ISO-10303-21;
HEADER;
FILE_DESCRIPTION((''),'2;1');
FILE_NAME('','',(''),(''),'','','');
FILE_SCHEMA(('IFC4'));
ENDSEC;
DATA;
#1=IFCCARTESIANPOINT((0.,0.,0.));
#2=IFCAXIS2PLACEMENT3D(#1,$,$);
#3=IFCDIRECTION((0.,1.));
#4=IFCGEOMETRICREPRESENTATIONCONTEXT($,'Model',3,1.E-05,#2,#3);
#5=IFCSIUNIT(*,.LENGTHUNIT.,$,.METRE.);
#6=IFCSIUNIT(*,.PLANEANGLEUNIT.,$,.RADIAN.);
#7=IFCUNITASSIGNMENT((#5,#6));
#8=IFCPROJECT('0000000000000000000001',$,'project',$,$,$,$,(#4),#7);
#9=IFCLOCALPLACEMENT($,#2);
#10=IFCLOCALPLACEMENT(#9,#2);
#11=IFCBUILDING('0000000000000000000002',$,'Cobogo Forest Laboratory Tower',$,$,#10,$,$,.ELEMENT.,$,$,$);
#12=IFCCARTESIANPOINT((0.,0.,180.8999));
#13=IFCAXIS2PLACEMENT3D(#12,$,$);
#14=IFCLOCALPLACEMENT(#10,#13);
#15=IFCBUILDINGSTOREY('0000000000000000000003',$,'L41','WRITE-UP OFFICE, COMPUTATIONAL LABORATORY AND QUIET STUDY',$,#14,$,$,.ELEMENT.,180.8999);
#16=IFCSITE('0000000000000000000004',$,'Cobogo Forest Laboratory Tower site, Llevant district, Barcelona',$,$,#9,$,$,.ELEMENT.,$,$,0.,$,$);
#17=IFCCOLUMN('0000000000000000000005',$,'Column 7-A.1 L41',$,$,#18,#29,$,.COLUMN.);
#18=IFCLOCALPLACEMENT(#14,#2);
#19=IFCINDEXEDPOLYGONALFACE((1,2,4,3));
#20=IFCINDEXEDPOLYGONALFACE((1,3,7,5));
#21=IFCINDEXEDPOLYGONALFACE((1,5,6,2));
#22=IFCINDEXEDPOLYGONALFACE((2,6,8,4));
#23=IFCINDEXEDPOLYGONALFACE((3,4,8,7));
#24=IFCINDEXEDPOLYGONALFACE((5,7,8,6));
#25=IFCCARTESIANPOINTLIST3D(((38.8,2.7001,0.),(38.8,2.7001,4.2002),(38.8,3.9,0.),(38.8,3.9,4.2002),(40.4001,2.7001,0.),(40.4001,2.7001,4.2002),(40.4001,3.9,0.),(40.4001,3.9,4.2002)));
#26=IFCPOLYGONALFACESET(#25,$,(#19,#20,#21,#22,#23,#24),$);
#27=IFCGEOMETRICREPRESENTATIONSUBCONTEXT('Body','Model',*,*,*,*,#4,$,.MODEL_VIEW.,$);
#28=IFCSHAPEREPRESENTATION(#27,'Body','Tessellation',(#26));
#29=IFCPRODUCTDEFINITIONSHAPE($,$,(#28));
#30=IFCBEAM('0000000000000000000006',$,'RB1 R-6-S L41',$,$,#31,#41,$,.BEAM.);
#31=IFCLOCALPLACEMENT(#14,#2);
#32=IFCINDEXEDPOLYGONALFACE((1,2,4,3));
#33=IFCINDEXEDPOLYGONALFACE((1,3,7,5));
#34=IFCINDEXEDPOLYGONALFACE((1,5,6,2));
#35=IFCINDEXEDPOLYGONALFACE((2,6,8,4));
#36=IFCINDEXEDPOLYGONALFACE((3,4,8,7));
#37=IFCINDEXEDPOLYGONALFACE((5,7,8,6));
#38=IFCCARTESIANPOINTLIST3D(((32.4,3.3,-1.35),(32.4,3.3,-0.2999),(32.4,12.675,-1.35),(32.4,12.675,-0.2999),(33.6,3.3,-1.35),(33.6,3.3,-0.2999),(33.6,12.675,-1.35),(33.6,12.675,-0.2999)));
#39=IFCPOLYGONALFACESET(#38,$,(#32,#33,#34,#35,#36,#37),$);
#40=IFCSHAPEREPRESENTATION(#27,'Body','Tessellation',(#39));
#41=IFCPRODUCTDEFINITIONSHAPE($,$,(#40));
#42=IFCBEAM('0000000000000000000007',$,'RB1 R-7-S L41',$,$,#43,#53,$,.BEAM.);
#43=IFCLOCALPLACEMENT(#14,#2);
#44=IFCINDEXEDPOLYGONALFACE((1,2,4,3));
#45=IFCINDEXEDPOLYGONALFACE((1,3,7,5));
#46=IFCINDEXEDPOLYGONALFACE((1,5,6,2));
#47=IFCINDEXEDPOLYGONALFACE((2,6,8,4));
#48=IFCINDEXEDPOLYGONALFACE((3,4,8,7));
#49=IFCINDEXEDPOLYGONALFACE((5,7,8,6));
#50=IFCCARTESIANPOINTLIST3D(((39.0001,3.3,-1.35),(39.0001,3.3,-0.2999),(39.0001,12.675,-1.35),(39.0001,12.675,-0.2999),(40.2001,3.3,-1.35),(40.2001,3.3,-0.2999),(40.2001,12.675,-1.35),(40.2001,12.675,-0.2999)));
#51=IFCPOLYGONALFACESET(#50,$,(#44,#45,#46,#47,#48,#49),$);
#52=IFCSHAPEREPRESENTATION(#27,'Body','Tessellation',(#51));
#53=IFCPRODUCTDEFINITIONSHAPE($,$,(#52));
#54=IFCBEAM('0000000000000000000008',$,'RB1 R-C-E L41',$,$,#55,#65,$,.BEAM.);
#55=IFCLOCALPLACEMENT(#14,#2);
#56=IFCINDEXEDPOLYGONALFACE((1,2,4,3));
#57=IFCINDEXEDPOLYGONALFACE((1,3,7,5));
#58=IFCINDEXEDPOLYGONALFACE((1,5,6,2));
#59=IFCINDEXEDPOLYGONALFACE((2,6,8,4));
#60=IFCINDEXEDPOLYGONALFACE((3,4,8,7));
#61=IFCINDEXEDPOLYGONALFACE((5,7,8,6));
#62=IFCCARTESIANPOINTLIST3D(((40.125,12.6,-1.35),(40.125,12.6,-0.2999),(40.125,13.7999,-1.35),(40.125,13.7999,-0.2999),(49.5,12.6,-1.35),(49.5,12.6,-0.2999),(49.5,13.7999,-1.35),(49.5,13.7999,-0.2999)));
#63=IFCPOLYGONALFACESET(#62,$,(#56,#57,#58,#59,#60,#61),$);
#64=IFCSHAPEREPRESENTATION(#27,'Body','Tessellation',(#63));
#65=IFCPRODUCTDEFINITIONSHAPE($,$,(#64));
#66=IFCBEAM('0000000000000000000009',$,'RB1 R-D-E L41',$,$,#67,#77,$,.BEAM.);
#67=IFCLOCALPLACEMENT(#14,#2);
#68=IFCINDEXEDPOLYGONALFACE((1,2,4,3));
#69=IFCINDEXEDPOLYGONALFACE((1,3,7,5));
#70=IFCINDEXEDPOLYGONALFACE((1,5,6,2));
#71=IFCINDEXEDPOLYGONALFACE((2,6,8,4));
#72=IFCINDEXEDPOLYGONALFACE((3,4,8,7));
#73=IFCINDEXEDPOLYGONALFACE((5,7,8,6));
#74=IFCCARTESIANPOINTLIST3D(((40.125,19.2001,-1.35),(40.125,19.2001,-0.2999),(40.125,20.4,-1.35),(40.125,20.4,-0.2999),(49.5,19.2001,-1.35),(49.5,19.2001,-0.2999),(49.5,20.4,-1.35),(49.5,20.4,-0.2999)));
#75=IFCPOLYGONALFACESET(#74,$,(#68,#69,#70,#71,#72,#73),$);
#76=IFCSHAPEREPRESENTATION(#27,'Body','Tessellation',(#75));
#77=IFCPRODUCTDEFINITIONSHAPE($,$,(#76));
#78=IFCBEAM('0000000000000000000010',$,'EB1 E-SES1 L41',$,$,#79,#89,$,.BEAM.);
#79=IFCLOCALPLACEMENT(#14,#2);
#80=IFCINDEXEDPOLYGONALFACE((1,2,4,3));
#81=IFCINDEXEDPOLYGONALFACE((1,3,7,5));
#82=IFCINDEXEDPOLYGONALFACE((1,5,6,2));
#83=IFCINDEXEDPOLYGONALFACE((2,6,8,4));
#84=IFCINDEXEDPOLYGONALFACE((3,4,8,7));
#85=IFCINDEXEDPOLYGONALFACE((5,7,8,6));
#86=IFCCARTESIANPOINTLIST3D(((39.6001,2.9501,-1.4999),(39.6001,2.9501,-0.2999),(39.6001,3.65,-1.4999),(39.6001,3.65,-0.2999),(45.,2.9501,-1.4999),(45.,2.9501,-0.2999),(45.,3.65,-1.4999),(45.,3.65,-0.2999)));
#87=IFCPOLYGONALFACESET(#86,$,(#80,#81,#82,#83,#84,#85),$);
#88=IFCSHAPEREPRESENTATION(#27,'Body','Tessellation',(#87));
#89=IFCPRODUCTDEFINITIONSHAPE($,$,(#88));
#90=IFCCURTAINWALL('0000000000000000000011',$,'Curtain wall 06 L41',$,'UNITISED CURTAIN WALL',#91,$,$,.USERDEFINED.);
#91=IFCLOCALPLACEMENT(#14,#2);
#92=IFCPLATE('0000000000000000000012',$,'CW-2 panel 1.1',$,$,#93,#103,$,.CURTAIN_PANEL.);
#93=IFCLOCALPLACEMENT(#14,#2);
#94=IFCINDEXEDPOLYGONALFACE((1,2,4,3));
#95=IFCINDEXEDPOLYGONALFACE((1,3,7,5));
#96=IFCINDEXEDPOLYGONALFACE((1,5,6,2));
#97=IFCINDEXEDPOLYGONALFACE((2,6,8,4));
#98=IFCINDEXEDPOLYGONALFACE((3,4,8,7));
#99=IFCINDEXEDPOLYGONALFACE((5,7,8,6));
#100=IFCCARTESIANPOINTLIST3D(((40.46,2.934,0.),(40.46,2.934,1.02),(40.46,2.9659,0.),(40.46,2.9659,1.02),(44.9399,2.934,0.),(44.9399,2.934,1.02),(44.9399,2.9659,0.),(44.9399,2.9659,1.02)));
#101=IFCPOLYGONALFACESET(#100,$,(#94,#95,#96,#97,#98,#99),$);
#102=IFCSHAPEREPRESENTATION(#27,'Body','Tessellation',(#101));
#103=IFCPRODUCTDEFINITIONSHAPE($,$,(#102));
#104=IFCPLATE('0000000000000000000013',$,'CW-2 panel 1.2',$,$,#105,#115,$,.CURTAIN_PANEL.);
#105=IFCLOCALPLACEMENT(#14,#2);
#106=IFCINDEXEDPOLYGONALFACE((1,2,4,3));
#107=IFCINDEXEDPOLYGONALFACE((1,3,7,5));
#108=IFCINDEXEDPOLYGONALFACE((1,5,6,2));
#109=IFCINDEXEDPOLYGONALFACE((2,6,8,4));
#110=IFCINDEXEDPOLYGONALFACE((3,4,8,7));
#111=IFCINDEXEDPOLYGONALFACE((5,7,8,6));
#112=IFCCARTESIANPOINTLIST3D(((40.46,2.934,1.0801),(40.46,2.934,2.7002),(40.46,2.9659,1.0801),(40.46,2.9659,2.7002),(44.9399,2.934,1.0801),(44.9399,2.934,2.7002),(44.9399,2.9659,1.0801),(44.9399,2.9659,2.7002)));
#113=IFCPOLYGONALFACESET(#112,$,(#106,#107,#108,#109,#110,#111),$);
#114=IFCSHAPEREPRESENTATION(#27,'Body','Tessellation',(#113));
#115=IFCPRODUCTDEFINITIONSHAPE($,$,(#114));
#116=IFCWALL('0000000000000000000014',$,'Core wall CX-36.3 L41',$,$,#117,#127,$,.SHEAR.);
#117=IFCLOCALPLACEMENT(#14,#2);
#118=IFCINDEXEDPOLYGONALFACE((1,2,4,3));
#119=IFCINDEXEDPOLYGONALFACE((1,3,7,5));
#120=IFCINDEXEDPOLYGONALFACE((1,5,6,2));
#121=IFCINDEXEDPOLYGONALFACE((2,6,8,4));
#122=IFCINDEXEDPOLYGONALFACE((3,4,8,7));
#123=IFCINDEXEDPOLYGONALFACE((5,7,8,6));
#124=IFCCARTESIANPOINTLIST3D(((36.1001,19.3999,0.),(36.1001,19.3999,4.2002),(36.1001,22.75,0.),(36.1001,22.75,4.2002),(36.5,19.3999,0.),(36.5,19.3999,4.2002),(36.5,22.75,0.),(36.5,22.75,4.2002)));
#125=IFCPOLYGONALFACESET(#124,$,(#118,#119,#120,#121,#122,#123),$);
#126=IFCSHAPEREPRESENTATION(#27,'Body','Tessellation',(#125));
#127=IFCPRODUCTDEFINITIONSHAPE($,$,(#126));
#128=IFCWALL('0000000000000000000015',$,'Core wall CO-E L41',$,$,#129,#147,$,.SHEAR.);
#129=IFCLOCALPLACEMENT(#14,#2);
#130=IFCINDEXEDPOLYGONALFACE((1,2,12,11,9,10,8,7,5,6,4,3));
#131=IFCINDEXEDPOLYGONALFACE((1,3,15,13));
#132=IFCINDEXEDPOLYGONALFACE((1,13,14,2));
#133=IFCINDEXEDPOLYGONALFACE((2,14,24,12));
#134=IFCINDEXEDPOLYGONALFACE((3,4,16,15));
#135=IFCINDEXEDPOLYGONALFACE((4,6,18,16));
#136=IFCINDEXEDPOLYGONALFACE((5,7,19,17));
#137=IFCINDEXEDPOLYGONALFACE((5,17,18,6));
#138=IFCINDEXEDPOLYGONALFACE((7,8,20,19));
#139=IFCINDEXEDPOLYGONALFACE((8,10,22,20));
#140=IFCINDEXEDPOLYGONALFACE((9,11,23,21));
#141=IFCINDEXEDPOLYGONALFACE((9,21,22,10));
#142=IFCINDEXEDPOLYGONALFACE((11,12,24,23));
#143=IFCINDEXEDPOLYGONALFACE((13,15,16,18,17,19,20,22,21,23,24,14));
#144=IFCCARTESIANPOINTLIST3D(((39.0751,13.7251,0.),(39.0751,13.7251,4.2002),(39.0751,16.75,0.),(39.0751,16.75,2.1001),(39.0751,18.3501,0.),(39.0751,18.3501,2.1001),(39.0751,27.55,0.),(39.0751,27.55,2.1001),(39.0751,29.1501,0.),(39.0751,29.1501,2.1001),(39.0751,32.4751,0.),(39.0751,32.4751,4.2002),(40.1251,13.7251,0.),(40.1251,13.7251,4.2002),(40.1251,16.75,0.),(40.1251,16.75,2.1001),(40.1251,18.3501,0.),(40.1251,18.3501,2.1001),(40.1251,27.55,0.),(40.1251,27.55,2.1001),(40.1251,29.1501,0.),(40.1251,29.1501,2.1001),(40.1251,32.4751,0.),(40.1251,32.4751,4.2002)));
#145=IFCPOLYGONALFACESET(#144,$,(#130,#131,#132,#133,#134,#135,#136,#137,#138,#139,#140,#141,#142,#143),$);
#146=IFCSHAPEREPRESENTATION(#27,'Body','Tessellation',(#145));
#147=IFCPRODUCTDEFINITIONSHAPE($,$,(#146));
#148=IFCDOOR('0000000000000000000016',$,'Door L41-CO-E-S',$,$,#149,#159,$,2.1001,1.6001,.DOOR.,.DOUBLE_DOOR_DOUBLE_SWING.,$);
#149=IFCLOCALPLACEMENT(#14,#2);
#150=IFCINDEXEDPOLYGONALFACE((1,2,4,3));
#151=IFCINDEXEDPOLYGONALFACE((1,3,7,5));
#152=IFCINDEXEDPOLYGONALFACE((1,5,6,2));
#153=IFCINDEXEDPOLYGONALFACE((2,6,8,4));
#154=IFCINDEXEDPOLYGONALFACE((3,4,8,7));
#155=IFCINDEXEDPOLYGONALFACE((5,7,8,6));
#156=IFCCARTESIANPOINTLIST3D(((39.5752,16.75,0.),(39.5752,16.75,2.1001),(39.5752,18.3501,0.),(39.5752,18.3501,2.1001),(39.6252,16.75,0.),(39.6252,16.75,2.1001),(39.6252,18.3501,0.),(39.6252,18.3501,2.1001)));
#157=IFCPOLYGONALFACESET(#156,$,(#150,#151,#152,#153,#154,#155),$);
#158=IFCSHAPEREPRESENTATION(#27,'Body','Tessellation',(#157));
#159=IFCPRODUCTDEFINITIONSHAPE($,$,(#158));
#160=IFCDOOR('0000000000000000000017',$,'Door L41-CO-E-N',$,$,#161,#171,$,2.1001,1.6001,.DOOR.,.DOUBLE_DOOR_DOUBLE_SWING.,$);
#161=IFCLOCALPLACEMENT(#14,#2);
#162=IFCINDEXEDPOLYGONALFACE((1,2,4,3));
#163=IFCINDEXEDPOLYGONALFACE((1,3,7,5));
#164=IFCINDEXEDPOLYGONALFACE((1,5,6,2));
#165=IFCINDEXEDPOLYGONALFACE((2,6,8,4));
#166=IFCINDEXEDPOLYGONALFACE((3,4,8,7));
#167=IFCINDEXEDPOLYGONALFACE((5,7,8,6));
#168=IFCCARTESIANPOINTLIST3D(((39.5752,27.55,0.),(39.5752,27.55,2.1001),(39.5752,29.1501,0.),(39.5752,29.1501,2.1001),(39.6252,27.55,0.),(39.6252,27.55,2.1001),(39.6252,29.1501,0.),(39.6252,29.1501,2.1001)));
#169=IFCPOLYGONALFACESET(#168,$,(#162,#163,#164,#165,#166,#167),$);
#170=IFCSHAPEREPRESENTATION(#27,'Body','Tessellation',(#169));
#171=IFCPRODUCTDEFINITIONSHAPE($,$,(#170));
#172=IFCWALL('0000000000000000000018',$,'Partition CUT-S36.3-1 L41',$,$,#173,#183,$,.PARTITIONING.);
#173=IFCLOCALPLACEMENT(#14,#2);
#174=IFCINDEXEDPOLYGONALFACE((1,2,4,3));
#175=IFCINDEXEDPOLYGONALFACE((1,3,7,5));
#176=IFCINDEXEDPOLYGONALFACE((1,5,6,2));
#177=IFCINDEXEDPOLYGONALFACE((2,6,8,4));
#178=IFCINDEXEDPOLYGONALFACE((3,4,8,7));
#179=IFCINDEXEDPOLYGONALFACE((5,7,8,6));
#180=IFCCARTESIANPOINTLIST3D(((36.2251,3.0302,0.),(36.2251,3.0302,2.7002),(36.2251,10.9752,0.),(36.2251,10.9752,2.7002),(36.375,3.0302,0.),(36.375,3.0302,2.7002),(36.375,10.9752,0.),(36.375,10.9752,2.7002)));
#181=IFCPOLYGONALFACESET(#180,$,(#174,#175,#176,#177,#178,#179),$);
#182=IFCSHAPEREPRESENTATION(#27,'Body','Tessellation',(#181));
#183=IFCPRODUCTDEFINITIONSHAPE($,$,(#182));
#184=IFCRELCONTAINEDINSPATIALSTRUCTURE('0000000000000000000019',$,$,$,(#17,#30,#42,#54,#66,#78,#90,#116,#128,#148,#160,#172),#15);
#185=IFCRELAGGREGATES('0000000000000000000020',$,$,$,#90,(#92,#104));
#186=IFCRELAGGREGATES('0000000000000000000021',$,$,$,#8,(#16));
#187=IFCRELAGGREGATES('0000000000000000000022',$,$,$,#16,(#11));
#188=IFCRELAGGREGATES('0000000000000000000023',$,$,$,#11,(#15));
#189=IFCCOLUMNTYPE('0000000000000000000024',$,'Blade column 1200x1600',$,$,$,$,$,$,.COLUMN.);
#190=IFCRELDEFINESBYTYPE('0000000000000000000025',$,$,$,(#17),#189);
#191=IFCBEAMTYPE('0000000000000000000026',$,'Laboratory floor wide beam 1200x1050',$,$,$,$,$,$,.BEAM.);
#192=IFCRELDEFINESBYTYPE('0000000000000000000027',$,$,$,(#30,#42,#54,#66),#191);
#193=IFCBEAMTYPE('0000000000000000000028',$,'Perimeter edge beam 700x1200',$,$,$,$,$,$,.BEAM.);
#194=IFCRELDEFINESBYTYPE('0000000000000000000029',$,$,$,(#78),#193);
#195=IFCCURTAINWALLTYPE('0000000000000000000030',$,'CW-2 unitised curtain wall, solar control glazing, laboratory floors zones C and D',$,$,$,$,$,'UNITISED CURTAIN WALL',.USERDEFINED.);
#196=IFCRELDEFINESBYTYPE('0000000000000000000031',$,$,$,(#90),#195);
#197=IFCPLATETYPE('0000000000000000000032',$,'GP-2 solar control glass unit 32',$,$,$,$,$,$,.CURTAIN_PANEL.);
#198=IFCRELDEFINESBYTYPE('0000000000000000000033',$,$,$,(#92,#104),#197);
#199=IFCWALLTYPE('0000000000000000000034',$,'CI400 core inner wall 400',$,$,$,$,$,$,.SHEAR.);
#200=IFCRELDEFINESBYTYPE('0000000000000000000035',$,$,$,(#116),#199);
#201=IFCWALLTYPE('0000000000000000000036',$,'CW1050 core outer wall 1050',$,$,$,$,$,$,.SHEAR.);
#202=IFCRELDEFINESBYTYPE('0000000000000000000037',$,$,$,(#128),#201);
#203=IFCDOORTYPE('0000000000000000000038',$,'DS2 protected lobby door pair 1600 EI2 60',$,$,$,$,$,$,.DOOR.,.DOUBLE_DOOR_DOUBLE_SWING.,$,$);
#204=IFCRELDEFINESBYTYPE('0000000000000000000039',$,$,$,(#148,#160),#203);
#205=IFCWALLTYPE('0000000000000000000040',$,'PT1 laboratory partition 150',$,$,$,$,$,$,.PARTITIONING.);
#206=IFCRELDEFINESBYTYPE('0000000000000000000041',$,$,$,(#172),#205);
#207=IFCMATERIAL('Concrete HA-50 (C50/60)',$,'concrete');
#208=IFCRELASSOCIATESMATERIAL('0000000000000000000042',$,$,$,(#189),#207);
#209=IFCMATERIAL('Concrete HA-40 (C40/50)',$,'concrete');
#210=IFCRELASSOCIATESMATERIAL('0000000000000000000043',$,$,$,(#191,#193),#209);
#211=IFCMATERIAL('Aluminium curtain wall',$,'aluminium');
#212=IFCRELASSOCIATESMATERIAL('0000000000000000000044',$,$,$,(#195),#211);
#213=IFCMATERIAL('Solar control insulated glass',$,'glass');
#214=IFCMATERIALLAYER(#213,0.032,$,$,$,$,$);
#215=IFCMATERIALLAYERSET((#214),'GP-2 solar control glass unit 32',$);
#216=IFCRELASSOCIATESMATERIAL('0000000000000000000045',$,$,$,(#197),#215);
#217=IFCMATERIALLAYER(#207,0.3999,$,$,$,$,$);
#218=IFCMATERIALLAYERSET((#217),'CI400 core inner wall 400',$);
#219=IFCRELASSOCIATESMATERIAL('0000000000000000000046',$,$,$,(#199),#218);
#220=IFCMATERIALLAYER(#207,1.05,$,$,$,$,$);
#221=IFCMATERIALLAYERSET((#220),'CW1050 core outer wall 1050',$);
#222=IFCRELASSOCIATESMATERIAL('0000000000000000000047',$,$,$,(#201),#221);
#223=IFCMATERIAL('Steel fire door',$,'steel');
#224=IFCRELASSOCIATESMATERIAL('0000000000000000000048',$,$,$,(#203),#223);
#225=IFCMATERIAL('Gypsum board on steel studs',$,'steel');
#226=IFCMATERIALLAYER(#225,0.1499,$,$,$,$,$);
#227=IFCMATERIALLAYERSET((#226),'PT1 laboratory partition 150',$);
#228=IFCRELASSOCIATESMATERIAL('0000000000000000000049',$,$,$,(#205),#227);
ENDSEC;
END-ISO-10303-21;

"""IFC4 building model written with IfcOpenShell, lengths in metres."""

from ifc_helpers import new_model, si_unit, direction, frame, frame_2d, origin, origin_2d, place, context, subcontext, project, spatial, rectangle, extrude, material, layer, layer_set, material_profile, profile_set, type_object, element, fill, aggregate, save


model = new_model("IFC4")

# Units and contexts
model_context = context("Model", 3, precision=1e-05, world=origin(), true_north=direction((0.0, 1.0)))
body_context = subcontext(model_context, "Body", "Model", "MODEL_VIEW")
ifc_project = project(units=[si_unit("LENGTHUNIT", "METRE"), si_unit("PLANEANGLEUNIT", "RADIAN")], contexts=[model_context])

# Site, building, storey
site_placement = place(None, origin())
site = spatial("IfcSite", under=ifc_project, at=site_placement, Name="Cobogo Forest Laboratory Tower site, Llevant district, Barcelona", CompositionType="ELEMENT", RefElevation=0.0)
building_placement = place(site_placement, origin())
building = spatial("IfcBuilding", under=site, at=building_placement, Name="Cobogo Forest Laboratory Tower", CompositionType="ELEMENT")
storey_placement = place(building_placement, frame((0.0, 0.0, 180.8999)))
storey = spatial("IfcBuildingStorey", under=building, at=storey_placement, Name="L41", Description="WRITE-UP OFFICE, COMPUTATIONAL LABORATORY AND QUIET STUDY", CompositionType="ELEMENT", Elevation=180.8999)

# Column
ifc_material_1 = material(Name="Concrete HA-50 (C50/60)", Category="concrete")
ifc_material_profile_1 = material_profile(ifc_material_1, rectangle(XDim=1.6001, YDim=1.2, at=origin_2d()), Name="RC 1200x1600")
ifc_profile_set_1 = profile_set([ifc_material_profile_1], Name="Concrete HA-50 (C50/60)")
column_type = type_object("IfcColumnType", Name="Blade column 1200x1600", PredefinedType="COLUMN", material=ifc_profile_set_1)
column_placement = place(storey_placement, frame((39.6001, 3.3, 0.0), z_axis=(0.0, 0.0, 1.0), x_axis=(1.0, 0.0, 0.0)))
element("IfcColumn", 1, at=column_placement, inside=storey, type_object=column_type, Name="Column 7-A.1 L41", PredefinedType="COLUMN", context=body_context, shape_type="SweptSolid", body=[
    extrude(rectangle(XDim=1.6001, YDim=1.2, at=origin_2d()), origin(), (0.0, 0.0, 1.0), 4.2002),
])

# Beams
ifc_material_2 = material(Name="Concrete HA-40 (C40/50)", Category="concrete")
ifc_material_profile_2 = material_profile(ifc_material_2, rectangle(XDim=1.2, YDim=1.05, at=origin_2d()), Name="RC 1200x1050")
ifc_profile_set_2 = profile_set([ifc_material_profile_2], Name="Concrete HA-40 (C40/50)")
beam_type_1 = type_object("IfcBeamType", Name="Laboratory floor wide beam 1200x1050", PredefinedType="BEAM", material=ifc_profile_set_2)
for number, where, z_axis, x_axis, name in (
    (2, (33.0, 12.675, -0.825), (0.0, -1.0, 0.0), (1.0, 0.0, 0.0), "RB1 R-6-S L41"),
    (3, (39.6001, 12.675, -0.825), (0.0, -1.0, 0.0), (1.0, 0.0, 0.0), "RB1 R-7-S L41"),
    (4, (40.125, 13.2, -0.825), (1.0, 0.0, 0.0), (0.0, 1.0, 0.0), "RB1 R-C-E L41"),
    (5, (40.125, 19.8, -0.825), (1.0, 0.0, 0.0), (0.0, 1.0, 0.0), "RB1 R-D-E L41"),
):
    element("IfcBeam", number, at=place(storey_placement, frame(where, z_axis=z_axis, x_axis=x_axis)), inside=storey, type_object=beam_type_1, Name=name, PredefinedType="BEAM", context=body_context, shape_type="SweptSolid", body=[
        extrude(rectangle(XDim=1.2, YDim=1.05, at=origin_2d()), origin(), (0.0, 0.0, 1.0), 9.375),
    ])
ifc_material_profile_3 = material_profile(ifc_material_2, rectangle(XDim=0.7, YDim=1.2, at=origin_2d()), Name="RC 700x1200")
ifc_profile_set_3 = profile_set([ifc_material_profile_3], Name="Concrete HA-40 (C40/50)")
beam_type_2 = type_object("IfcBeamType", Name="Perimeter edge beam 700x1200", PredefinedType="BEAM", material=ifc_profile_set_3)
beam_placement = place(storey_placement, frame((39.6001, 3.3, -0.8999), z_axis=(1.0, 0.0, 0.0), x_axis=(0.0, 1.0, 0.0)))
element("IfcBeam", 6, at=beam_placement, inside=storey, type_object=beam_type_2, Name="EB1 E-SES1 L41", PredefinedType="BEAM", context=body_context, shape_type="SweptSolid", body=[
    extrude(rectangle(XDim=0.7, YDim=1.2, at=origin_2d()), origin(), (0.0, 0.0, 1.0), 5.3999),
])

# Curtain wall, plates
ifc_material_3 = material(Name="Aluminium curtain wall", Category="aluminium")
curtain_wall_type = type_object("IfcCurtainWallType", Name="CW-2 unitised curtain wall, solar control glazing, laboratory floors zones C and D", ElementType="UNITISED CURTAIN WALL", PredefinedType="USERDEFINED", material=ifc_material_3)
curtain_wall_placement = place(storey_placement, origin())
curtain_wall = element("IfcCurtainWall", 7, at=curtain_wall_placement, inside=storey, type_object=curtain_wall_type, Name="Curtain wall 06 L41", ObjectType="UNITISED CURTAIN WALL", PredefinedType="USERDEFINED")
ifc_material_4 = material(Name="Solar control insulated glass", Category="glass")
ifc_layer_1 = layer(ifc_material_4, 0.032)
ifc_layer_set_1 = layer_set([ifc_layer_1], Name="GP-2 solar control glass unit 32")
plate_type = type_object("IfcPlateType", Name="GP-2 solar control glass unit 32", PredefinedType="CURTAIN_PANEL", material=ifc_layer_set_1)
plate_1_placement = place(storey_placement, frame((42.7, 2.95, 0.0), z_axis=(0.0, 0.0, 1.0), x_axis=(1.0, 0.0, 0.0)))
plate_1 = element("IfcPlate", 8, at=plate_1_placement, type_object=plate_type, Name="CW-2 panel 1.1", PredefinedType="CURTAIN_PANEL", context=body_context, shape_type="SweptSolid", body=[
    extrude(rectangle(XDim=4.48, YDim=0.032, at=origin_2d()), origin(), (0.0, 0.0, 1.0), 1.02),
])
plate_2_placement = place(storey_placement, frame((42.7, 2.95, 1.0801), z_axis=(0.0, 0.0, 1.0), x_axis=(1.0, 0.0, 0.0)))
plate_2 = element("IfcPlate", 9, at=plate_2_placement, type_object=plate_type, Name="CW-2 panel 1.2", PredefinedType="CURTAIN_PANEL", context=body_context, shape_type="SweptSolid", body=[
    extrude(rectangle(XDim=4.48, YDim=0.032, at=origin_2d()), origin(), (0.0, 0.0, 1.0), 1.6201),
])
aggregate(curtain_wall, [plate_1, plate_2])

# Wall
ifc_layer_2 = layer(ifc_material_1, 0.3999)
ifc_layer_set_2 = layer_set([ifc_layer_2], Name="CI400 core inner wall 400")
wall_type_1 = type_object("IfcWallType", Name="CI400 core inner wall 400", PredefinedType="SHEAR", material=ifc_layer_set_2)
wall_1_placement = place(storey_placement, frame((36.3, 19.3999, 0.0), z_axis=(0.0, 0.0, 1.0), x_axis=(0.0, 1.0, 0.0)))
element("IfcWall", 10, at=wall_1_placement, inside=storey, type_object=wall_type_1, Name="Core wall CX-36.3 L41", PredefinedType="SHEAR", context=body_context, shape_type="SweptSolid", body=[
    extrude(rectangle(XDim=3.3501, YDim=0.3999, at=frame_2d((1.675, 0.0))), origin(), (0.0, 0.0, 1.0), 4.2002),
])

# Wall, openings, doors
ifc_layer_3 = layer(ifc_material_1, 1.05)
ifc_layer_set_3 = layer_set([ifc_layer_3], Name="CW1050 core outer wall 1050")
wall_type_2 = type_object("IfcWallType", Name="CW1050 core outer wall 1050", PredefinedType="SHEAR", material=ifc_layer_set_3)
wall_2_placement = place(storey_placement, frame((39.6001, 13.7251, 0.0), z_axis=(0.0, 0.0, 1.0), x_axis=(0.0, 1.0, 0.0)))
wall_2 = element("IfcWall", 11, at=wall_2_placement, inside=storey, type_object=wall_type_2, Name="Core wall CO-E L41", PredefinedType="SHEAR", context=body_context, shape_type="SweptSolid", body=[
    extrude(rectangle(XDim=18.75, YDim=1.05, at=frame_2d((9.375, 0.0))), origin(), (0.0, 0.0, 1.0), 4.2002),
])
opening_1_placement = place(wall_2_placement, frame((3.0249, 0.0, 0.0)))
opening_1 = element("IfcOpeningElement", 12, at=opening_1_placement, cuts=wall_2, PredefinedType="OPENING", context=body_context, shape_type="SweptSolid", body=[
    extrude(rectangle(XDim=1.6001, YDim=2.1001, at=frame_2d((0.8, 1.05))), frame((0.0, 0.5349, 0.0), z_axis=(0.0, -1.0, 0.0), x_axis=(1.0, 0.0, 0.0)), (0.0, 0.0, 1.0), 1.0701),
])
opening_2_placement = place(wall_2_placement, frame((13.825, 0.0, 0.0)))
opening_2 = element("IfcOpeningElement", 13, at=opening_2_placement, cuts=wall_2, PredefinedType="OPENING", context=body_context, shape_type="SweptSolid", body=[
    extrude(rectangle(XDim=1.6001, YDim=2.1001, at=frame_2d((0.8, 1.05))), frame((0.0, 0.5349, 0.0), z_axis=(0.0, -1.0, 0.0), x_axis=(1.0, 0.0, 0.0)), (0.0, 0.0, 1.0), 1.0701),
])
ifc_material_5 = material(Name="Steel fire door", Category="steel")
door_type_1 = type_object("IfcDoorType", Name="DS2 protected lobby door pair 1600 EI2 60", OperationType="DOUBLE_DOOR_DOUBLE_SWING", PredefinedType="DOOR", material=ifc_material_5)
door_1_placement = place(opening_1_placement, origin())
door_1 = element("IfcDoor", 14, at=door_1_placement, inside=storey, type_object=door_type_1, Name="Door L41-CO-E-S", OperationType="DOUBLE_DOOR_DOUBLE_SWING", OverallHeight=2.1001, OverallWidth=1.6001, PredefinedType="DOOR", context=body_context, shape_type="SweptSolid", body=[
    extrude(rectangle(XDim=1.6001, YDim=2.1001, at=frame_2d((0.8, 1.05))), frame((0.0, 0.0249, 0.0), z_axis=(0.0, -1.0, 0.0), x_axis=(1.0, 0.0, 0.0)), (0.0, 0.0, 1.0), 0.05),
])
fill(opening_1, door_1)
door_2_placement = place(opening_2_placement, origin())
door_2 = element("IfcDoor", 15, at=door_2_placement, inside=storey, type_object=door_type_1, Name="Door L41-CO-E-N", OperationType="DOUBLE_DOOR_DOUBLE_SWING", OverallHeight=2.1001, OverallWidth=1.6001, PredefinedType="DOOR", context=body_context, shape_type="SweptSolid", body=[
    extrude(rectangle(XDim=1.6001, YDim=2.1001, at=frame_2d((0.8, 1.05))), frame((0.0, 0.0249, 0.0), z_axis=(0.0, -1.0, 0.0), x_axis=(1.0, 0.0, 0.0)), (0.0, 0.0, 1.0), 0.05),
])
fill(opening_2, door_2)

# Wall
ifc_material_6 = material(Name="Gypsum board on steel studs", Category="steel")
ifc_layer_4 = layer(ifc_material_6, 0.1499)
ifc_layer_set_4 = layer_set([ifc_layer_4], Name="PT1 laboratory partition 150")
wall_type_3 = type_object("IfcWallType", Name="PT1 laboratory partition 150", PredefinedType="PARTITIONING", material=ifc_layer_set_4)
wall_3_placement = place(storey_placement, frame((36.3, 3.03, 0.0), z_axis=(0.0, 0.0, 1.0), x_axis=(0.0, 1.0, 0.0)))
element("IfcWall", 16, at=wall_3_placement, inside=storey, type_object=wall_type_3, Name="Partition CUT-S36.3-1 L41", PredefinedType="PARTITIONING", context=body_context, shape_type="SweptSolid", body=[
    extrude(rectangle(XDim=7.9451, YDim=0.1499, at=frame_2d((3.9727, 0.0))), origin(), (0.0, 0.0, 1.0), 2.7002),
])

save(model, "model.ifc")
